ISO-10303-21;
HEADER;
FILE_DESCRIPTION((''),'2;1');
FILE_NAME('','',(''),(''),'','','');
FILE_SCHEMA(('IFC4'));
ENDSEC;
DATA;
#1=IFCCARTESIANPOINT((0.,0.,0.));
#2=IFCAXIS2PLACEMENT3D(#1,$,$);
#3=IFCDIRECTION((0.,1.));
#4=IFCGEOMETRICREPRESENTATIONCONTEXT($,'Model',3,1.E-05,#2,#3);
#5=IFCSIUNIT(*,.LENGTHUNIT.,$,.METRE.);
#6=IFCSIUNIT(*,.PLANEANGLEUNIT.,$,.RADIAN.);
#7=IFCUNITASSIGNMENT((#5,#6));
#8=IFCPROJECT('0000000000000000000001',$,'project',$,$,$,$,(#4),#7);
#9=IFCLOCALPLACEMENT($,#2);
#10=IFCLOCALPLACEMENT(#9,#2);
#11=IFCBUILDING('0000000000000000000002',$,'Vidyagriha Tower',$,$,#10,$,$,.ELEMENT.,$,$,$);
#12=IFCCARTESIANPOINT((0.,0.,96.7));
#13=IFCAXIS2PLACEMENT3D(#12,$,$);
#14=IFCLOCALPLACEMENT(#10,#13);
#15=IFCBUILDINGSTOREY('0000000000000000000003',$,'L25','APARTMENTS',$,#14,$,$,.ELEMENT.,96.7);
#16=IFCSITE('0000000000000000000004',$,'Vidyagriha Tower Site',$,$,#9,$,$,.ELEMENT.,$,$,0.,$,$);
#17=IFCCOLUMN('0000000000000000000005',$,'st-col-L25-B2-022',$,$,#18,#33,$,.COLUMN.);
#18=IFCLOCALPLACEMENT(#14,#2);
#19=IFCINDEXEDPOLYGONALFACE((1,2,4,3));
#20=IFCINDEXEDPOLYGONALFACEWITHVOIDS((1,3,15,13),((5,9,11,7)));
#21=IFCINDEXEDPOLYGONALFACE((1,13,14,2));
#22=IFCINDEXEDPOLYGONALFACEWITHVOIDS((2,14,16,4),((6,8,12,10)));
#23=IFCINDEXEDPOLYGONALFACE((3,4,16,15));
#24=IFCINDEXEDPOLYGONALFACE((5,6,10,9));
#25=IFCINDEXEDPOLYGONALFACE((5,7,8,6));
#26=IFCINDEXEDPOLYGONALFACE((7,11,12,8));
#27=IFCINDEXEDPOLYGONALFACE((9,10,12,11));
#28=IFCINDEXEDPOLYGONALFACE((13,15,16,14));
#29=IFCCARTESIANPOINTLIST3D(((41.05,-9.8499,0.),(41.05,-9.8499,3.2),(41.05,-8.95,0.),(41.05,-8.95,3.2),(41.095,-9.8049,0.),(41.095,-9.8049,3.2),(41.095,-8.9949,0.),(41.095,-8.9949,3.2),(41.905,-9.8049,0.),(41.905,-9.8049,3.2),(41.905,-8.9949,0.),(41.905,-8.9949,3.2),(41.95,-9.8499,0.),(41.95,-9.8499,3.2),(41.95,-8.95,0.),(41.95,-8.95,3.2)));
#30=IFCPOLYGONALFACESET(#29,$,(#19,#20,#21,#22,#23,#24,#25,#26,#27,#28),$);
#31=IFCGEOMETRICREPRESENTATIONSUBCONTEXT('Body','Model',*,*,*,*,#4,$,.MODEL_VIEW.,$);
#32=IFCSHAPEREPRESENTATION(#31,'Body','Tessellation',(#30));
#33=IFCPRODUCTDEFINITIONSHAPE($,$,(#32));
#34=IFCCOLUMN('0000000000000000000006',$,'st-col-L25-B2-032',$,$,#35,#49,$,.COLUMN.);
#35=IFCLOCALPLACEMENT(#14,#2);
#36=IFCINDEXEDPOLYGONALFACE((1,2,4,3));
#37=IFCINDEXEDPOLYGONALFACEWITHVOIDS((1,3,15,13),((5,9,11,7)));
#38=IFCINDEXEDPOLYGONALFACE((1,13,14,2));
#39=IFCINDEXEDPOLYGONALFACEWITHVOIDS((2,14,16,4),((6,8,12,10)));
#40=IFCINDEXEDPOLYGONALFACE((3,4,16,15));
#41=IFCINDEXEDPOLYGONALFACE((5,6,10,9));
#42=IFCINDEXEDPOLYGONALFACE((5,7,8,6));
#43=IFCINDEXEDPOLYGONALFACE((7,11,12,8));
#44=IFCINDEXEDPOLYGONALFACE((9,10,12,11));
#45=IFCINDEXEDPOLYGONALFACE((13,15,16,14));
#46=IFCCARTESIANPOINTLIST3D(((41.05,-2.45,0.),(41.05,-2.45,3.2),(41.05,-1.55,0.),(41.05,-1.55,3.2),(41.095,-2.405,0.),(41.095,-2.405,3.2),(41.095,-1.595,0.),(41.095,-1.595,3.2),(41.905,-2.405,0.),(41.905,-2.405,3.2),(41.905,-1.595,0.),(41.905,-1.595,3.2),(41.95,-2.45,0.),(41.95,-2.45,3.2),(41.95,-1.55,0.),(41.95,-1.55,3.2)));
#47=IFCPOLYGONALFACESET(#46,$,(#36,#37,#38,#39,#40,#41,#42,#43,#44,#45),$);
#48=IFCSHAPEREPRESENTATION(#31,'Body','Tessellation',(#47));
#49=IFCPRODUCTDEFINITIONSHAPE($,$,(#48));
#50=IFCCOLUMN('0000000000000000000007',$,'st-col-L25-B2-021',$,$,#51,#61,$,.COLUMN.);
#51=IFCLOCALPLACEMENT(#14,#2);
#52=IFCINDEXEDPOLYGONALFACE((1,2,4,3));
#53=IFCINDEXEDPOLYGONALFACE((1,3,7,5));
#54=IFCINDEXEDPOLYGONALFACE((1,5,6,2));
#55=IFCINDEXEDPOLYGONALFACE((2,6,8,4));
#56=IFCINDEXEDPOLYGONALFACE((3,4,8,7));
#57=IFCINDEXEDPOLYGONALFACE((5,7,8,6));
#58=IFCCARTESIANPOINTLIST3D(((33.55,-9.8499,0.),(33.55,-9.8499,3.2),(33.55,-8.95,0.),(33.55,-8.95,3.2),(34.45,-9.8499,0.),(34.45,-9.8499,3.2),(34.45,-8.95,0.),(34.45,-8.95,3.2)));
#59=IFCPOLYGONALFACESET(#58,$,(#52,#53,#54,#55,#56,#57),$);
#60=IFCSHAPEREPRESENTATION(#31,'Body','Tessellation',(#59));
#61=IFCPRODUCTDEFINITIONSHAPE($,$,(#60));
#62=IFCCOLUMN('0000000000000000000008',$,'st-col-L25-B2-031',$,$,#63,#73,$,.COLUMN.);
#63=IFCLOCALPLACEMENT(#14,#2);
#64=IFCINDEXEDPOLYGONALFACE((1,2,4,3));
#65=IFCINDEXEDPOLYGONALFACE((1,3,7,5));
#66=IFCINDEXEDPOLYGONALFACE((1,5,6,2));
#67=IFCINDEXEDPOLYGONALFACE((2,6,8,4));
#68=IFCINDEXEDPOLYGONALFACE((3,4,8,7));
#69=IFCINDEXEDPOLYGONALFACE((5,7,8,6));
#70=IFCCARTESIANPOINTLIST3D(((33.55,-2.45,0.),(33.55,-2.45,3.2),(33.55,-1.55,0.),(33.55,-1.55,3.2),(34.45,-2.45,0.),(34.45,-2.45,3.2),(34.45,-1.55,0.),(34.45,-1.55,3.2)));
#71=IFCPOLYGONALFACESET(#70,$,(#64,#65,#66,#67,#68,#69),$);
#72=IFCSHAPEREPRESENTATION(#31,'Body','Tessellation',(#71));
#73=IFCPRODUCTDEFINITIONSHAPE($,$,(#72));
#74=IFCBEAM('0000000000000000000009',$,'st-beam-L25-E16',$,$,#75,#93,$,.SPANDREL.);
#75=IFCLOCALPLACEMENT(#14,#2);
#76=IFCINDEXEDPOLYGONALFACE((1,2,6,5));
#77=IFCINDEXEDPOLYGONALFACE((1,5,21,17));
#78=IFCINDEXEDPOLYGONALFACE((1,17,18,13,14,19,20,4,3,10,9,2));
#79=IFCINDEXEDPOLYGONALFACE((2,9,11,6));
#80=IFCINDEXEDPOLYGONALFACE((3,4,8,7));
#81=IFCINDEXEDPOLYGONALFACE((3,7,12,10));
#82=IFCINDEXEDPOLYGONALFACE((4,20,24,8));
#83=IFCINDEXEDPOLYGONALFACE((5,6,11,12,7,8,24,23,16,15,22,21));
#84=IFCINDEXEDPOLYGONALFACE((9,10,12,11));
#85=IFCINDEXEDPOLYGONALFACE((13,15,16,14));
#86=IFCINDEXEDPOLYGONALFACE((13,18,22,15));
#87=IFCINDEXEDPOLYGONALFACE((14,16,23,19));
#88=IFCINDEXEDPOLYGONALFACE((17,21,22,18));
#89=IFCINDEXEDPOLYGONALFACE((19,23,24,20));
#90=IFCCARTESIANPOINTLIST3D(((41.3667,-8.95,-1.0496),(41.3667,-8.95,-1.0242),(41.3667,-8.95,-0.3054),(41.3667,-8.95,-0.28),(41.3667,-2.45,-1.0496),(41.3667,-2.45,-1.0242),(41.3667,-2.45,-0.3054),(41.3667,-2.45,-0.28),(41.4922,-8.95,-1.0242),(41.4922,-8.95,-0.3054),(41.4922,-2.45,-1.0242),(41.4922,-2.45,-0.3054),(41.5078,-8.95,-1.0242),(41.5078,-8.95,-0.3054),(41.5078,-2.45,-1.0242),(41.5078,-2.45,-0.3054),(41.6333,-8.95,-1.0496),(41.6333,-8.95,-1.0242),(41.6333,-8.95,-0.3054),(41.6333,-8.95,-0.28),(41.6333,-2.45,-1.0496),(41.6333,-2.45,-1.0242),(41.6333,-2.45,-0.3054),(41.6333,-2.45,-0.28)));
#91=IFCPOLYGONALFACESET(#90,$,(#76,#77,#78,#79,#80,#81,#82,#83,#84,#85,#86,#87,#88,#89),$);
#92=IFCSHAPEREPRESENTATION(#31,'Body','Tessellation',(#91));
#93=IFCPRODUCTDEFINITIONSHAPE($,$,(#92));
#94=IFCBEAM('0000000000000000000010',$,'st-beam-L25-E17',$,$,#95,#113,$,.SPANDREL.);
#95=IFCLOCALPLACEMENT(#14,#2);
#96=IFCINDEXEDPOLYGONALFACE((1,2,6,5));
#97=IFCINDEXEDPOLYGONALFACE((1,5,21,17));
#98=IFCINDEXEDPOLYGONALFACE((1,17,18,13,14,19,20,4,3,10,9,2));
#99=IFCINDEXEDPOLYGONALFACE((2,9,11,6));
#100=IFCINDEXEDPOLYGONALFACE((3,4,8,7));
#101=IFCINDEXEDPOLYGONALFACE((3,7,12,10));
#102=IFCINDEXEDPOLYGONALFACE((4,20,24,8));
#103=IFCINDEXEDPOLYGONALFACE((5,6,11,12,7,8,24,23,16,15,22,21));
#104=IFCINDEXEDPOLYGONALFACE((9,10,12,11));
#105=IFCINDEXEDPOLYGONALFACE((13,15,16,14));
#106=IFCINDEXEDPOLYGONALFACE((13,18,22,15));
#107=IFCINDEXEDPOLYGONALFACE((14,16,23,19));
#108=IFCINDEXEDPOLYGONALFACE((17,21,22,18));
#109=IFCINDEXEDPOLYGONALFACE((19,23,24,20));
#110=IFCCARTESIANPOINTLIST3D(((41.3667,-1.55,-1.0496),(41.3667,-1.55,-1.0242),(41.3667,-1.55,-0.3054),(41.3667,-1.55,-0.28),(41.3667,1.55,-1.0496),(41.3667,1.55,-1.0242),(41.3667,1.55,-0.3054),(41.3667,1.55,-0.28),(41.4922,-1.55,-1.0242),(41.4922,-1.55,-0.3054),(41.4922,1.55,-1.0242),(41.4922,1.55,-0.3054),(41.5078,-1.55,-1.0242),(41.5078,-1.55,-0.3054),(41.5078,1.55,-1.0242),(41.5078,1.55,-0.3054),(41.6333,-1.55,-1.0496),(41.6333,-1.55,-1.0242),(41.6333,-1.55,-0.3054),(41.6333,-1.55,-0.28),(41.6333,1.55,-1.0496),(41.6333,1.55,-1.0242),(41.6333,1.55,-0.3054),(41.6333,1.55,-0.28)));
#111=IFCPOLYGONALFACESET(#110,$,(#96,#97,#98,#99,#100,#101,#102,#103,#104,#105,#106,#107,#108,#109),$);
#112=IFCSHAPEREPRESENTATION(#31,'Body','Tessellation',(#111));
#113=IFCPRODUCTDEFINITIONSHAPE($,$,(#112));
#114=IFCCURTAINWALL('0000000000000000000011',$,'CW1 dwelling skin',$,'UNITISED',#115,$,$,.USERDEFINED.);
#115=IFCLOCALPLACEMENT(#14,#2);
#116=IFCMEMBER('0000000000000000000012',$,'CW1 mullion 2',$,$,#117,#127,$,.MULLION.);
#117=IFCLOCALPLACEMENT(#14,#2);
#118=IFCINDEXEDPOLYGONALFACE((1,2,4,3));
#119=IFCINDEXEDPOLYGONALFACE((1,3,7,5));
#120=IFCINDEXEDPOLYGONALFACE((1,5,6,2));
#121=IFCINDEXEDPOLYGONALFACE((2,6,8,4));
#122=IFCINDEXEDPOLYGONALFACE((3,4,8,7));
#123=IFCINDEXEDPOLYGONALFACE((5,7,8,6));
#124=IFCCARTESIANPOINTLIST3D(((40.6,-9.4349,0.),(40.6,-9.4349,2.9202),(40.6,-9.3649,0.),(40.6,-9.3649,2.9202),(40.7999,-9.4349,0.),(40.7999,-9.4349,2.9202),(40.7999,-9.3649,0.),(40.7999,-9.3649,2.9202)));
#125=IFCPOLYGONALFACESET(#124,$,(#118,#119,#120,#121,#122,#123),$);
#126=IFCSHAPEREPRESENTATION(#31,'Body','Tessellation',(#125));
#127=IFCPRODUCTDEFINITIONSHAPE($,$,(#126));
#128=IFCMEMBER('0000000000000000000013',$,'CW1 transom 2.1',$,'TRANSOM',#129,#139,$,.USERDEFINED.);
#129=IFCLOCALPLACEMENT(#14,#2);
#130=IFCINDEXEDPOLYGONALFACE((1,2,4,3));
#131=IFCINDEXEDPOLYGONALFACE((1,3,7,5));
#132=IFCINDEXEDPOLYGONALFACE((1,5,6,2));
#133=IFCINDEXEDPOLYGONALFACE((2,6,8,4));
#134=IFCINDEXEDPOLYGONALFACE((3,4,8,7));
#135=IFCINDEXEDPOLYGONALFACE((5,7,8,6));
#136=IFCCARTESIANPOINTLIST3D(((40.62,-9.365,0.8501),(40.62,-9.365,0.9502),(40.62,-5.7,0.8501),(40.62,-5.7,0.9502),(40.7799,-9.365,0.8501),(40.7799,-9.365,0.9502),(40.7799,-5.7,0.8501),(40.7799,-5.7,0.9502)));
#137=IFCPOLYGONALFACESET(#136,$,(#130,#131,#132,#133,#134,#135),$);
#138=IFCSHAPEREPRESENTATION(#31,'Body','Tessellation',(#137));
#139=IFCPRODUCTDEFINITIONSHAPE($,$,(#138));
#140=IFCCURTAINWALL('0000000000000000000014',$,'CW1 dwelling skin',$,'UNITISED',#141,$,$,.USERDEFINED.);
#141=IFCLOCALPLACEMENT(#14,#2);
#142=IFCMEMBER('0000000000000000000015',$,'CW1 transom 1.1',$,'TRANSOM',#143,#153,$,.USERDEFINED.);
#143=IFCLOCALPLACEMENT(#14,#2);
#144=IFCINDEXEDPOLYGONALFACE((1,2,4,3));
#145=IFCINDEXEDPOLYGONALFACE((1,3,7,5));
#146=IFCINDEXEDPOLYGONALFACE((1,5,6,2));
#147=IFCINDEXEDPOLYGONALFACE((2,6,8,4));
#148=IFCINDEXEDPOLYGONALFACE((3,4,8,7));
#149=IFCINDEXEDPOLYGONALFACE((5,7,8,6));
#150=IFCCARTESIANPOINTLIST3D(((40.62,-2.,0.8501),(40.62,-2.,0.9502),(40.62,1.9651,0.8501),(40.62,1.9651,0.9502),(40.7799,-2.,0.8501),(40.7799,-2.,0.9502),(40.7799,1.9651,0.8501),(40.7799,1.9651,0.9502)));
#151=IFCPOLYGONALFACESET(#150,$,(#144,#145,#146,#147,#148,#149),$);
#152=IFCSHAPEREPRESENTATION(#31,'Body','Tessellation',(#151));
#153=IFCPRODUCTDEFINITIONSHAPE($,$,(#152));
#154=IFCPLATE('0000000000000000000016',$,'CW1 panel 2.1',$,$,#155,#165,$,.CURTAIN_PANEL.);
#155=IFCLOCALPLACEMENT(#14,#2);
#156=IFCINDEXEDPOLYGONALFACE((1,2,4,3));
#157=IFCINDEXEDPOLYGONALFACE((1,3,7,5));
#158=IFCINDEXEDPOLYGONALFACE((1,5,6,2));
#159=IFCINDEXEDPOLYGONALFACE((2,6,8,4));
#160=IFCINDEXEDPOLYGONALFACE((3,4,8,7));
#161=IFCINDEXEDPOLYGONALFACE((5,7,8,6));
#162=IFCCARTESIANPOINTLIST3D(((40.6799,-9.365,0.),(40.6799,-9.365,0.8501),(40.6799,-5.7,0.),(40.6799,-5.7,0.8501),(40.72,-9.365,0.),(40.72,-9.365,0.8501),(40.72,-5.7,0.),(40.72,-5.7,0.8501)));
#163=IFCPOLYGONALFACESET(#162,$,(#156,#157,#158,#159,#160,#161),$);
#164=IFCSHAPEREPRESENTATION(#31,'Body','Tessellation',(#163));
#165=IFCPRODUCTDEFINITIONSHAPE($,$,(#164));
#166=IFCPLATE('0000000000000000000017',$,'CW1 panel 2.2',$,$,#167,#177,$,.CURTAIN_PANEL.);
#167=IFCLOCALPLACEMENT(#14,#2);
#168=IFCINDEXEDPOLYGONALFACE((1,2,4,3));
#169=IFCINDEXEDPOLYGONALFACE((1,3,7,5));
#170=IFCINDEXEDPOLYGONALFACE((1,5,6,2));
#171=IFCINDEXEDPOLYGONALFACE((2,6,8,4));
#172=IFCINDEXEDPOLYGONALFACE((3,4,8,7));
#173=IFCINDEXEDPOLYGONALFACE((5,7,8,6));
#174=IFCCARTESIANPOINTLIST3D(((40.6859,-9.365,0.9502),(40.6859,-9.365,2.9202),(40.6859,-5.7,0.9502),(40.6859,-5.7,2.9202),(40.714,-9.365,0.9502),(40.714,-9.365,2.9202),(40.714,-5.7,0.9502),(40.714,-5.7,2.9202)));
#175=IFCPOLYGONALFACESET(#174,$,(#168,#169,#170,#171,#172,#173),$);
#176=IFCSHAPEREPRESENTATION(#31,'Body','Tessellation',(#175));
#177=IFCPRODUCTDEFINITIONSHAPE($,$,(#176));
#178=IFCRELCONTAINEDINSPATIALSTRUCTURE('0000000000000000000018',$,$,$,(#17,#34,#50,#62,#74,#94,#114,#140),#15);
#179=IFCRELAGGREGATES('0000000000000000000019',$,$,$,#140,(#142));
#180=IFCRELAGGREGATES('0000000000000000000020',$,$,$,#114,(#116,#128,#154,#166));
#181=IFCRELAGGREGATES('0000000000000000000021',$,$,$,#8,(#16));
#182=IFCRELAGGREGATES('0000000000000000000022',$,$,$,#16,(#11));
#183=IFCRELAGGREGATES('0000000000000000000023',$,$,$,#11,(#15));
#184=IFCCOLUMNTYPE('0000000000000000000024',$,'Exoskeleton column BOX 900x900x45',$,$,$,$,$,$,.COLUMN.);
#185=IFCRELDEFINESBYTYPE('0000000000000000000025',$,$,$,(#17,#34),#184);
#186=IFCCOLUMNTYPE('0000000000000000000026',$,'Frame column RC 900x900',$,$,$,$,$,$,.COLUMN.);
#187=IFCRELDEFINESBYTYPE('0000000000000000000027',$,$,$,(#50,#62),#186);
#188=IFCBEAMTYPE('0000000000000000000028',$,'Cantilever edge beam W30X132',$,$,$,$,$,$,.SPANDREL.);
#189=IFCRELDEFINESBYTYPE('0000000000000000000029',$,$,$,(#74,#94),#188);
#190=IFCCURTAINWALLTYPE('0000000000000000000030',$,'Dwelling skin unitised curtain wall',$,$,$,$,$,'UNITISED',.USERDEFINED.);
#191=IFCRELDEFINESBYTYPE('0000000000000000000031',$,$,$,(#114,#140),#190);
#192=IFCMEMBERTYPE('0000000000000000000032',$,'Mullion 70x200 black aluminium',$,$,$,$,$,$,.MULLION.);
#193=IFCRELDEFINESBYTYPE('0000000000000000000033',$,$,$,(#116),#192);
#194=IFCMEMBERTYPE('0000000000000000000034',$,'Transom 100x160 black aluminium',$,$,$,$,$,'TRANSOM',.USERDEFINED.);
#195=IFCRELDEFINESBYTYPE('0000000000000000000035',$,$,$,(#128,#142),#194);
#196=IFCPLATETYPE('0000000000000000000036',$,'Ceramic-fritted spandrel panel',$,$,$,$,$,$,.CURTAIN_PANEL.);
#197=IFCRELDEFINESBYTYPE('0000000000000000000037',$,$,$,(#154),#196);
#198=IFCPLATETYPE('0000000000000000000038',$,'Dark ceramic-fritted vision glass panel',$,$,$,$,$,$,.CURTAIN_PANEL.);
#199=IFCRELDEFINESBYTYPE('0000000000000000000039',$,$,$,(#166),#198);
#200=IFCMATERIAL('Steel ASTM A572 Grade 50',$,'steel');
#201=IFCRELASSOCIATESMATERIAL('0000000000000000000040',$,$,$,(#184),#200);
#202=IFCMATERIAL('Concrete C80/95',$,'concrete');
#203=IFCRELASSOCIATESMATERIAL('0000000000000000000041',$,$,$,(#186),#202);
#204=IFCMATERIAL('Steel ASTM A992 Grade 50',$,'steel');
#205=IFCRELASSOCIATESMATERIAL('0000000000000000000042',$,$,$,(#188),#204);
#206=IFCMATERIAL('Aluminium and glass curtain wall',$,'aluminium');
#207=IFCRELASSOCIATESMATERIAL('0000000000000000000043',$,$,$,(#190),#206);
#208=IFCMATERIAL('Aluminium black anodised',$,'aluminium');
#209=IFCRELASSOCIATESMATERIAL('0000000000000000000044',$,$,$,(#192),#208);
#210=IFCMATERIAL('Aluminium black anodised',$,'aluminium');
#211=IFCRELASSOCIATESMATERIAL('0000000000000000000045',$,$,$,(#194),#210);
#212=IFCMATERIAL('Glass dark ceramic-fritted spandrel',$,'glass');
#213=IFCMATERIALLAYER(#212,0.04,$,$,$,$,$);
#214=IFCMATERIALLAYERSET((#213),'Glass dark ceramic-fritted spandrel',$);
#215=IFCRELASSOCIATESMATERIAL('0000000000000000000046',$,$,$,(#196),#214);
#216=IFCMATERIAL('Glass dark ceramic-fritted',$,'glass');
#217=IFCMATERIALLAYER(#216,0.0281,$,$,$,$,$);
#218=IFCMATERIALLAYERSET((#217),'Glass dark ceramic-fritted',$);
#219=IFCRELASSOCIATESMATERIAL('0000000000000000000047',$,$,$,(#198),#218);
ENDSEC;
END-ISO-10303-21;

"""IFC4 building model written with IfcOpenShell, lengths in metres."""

from ifc_helpers import new_model, si_unit, direction, frame, origin, origin_2d, place, context, subcontext, project, spatial, rectangle, hollow_rectangle, i_section, extrude, material, layer, layer_set, material_profile, profile_set, type_object, element, aggregate, save


model = new_model("IFC4")

# Units and contexts
model_context = context("Model", 3, precision=1e-05, world=origin(), true_north=direction((0.0, 1.0)))
body_context = subcontext(model_context, "Body", "Model", "MODEL_VIEW")
ifc_project = project(units=[si_unit("LENGTHUNIT", "METRE"), si_unit("PLANEANGLEUNIT", "RADIAN")], contexts=[model_context])

# Site, building, storey
site_placement = place(None, origin())
site = spatial("IfcSite", under=ifc_project, at=site_placement, Name="Vidyagriha Tower Site", CompositionType="ELEMENT", RefElevation=0.0)
building_placement = place(site_placement, origin())
building = spatial("IfcBuilding", under=site, at=building_placement, Name="Vidyagriha Tower", CompositionType="ELEMENT")
storey_placement = place(building_placement, frame((0.0, 0.0, 96.7)))
storey = spatial("IfcBuildingStorey", under=building, at=storey_placement, Name="L25", Description="APARTMENTS", CompositionType="ELEMENT", Elevation=96.7)

# Columns
ifc_material_1 = material(Name="Steel ASTM A572 Grade 50", Category="steel")
ifc_material_profile_1 = material_profile(ifc_material_1, hollow_rectangle(XDim=0.8999, YDim=0.8999, WallThickness=0.0449, at=origin_2d()), Name="BOX 900x900x45")
ifc_profile_set_1 = profile_set([ifc_material_profile_1], Name="Steel ASTM A572 Grade 50")
column_type_1 = type_object("IfcColumnType", Name="Exoskeleton column BOX 900x900x45", PredefinedType="COLUMN", material=ifc_profile_set_1)
for number, where, name in (
    (1, (41.5, -9.3999, 0.0), "st-col-L25-B2-022"),
    (2, (41.5, -2.0, 0.0), "st-col-L25-B2-032"),
):
    element("IfcColumn", number, at=place(storey_placement, frame(where)), inside=storey, type_object=column_type_1, Name=name, PredefinedType="COLUMN", context=body_context, shape_type="SweptSolid", body=[
        extrude(hollow_rectangle(XDim=0.8999, YDim=0.8999, WallThickness=0.0449, at=origin_2d()), origin(), (0.0, 0.0, 1.0), 3.2),
    ])
ifc_material_2 = material(Name="Concrete C80/95", Category="concrete")
ifc_material_profile_2 = material_profile(ifc_material_2, rectangle(XDim=0.8999, YDim=0.8999, at=origin_2d()), Name="RC 900x900")
ifc_profile_set_2 = profile_set([ifc_material_profile_2], Name="Concrete C80/95")
column_type_2 = type_object("IfcColumnType", Name="Frame column RC 900x900", PredefinedType="COLUMN", material=ifc_profile_set_2)
for number, where, name in (
    (3, (34.0, -9.3999, 0.0), "st-col-L25-B2-021"),
    (4, (34.0, -2.0, 0.0), "st-col-L25-B2-031"),
):
    element("IfcColumn", number, at=place(storey_placement, frame(where)), inside=storey, type_object=column_type_2, Name=name, PredefinedType="COLUMN", context=body_context, shape_type="SweptSolid", body=[
        extrude(rectangle(XDim=0.8999, YDim=0.8999, at=origin_2d()), origin(), (0.0, 0.0, 1.0), 3.2),
    ])

# Beams
ifc_material_3 = material(Name="Steel ASTM A992 Grade 50", Category="steel")
ifc_material_profile_3 = material_profile(ifc_material_3, i_section(OverallWidth=0.2666, OverallDepth=0.7695, WebThickness=0.0156, FlangeThickness=0.0254, at=origin_2d()), Name="W30X132")
ifc_profile_set_3 = profile_set([ifc_material_profile_3], Name="Steel ASTM A992 Grade 50")
beam_type = type_object("IfcBeamType", Name="Cantilever edge beam W30X132", PredefinedType="SPANDREL", material=ifc_profile_set_3)
beam_1_placement = place(storey_placement, frame((41.5, -8.95, -0.6648), z_axis=(0.0, 1.0, 0.0), x_axis=(-1.0, 0.0, 0.0)))
element("IfcBeam", 5, at=beam_1_placement, inside=storey, type_object=beam_type, Name="st-beam-L25-E16", PredefinedType="SPANDREL", context=body_context, shape_type="SweptSolid", body=[
    extrude(i_section(OverallWidth=0.2666, OverallDepth=0.7695, WebThickness=0.0156, FlangeThickness=0.0254, at=origin_2d()), origin(), (0.0, 0.0, 1.0), 6.5),
])
beam_2_placement = place(storey_placement, frame((41.5, -1.55, -0.6648), z_axis=(0.0, 1.0, 0.0), x_axis=(-1.0, 0.0, 0.0)))
element("IfcBeam", 6, at=beam_2_placement, inside=storey, type_object=beam_type, Name="st-beam-L25-E17", PredefinedType="SPANDREL", context=body_context, shape_type="SweptSolid", body=[
    extrude(i_section(OverallWidth=0.2666, OverallDepth=0.7695, WebThickness=0.0156, FlangeThickness=0.0254, at=origin_2d()), origin(), (0.0, 0.0, 1.0), 3.1001),
])

# Curtain wall, members
ifc_material_4 = material(Name="Aluminium and glass curtain wall", Category="aluminium")
curtain_wall_type = type_object("IfcCurtainWallType", Name="Dwelling skin unitised curtain wall", ElementType="UNITISED", PredefinedType="USERDEFINED", material=ifc_material_4)
curtain_wall_1_placement = place(storey_placement, origin())
curtain_wall_1 = element("IfcCurtainWall", 7, at=curtain_wall_1_placement, inside=storey, type_object=curtain_wall_type, Name="CW1 dwelling skin", ObjectType="UNITISED", PredefinedType="USERDEFINED")
ifc_material_5 = material(Name="Aluminium black anodised", Category="aluminium")
ifc_material_profile_4 = material_profile(ifc_material_5, rectangle(XDim=0.2, YDim=0.0701, at=origin_2d()), Name="Mullion 70x200 black aluminium")
ifc_profile_set_4 = profile_set([ifc_material_profile_4], Name="Aluminium black anodised")
member_type_1 = type_object("IfcMemberType", Name="Mullion 70x200 black aluminium", PredefinedType="MULLION", material=ifc_profile_set_4)
member_1_placement = place(storey_placement, frame((40.7, -9.3999, 0.0), z_axis=(0.0, 0.0, 1.0), x_axis=(-1.0, 0.0, 0.0)))
member_1 = element("IfcMember", 8, at=member_1_placement, type_object=member_type_1, Name="CW1 mullion 2", PredefinedType="MULLION", context=body_context, shape_type="SweptSolid", body=[
    extrude(rectangle(XDim=0.2, YDim=0.0701, at=origin_2d()), origin(), (0.0, 0.0, 1.0), 2.9202),
])
ifc_material_6 = material(Name="Aluminium black anodised", Category="aluminium")
ifc_material_profile_5 = material_profile(ifc_material_6, rectangle(XDim=0.1599, YDim=0.1001, at=origin_2d()), Name="Transom 100x160 black aluminium")
ifc_profile_set_5 = profile_set([ifc_material_profile_5], Name="Aluminium black anodised")
member_type_2 = type_object("IfcMemberType", Name="Transom 100x160 black aluminium", ElementType="TRANSOM", PredefinedType="USERDEFINED", material=ifc_profile_set_5)
member_2_placement = place(storey_placement, frame((40.7, -9.365, 0.9001), z_axis=(0.0, 1.0, 0.0), x_axis=(-1.0, 0.0, 0.0)))
member_2 = element("IfcMember", 9, at=member_2_placement, type_object=member_type_2, Name="CW1 transom 2.1", ObjectType="TRANSOM", PredefinedType="USERDEFINED", context=body_context, shape_type="SweptSolid", body=[
    extrude(rectangle(XDim=0.1599, YDim=0.1001, at=origin_2d()), origin(), (0.0, 0.0, 1.0), 3.665),
])

# Curtain wall, member
curtain_wall_2_placement = place(storey_placement, origin())
curtain_wall_2 = element("IfcCurtainWall", 10, at=curtain_wall_2_placement, inside=storey, type_object=curtain_wall_type, Name="CW1 dwelling skin", ObjectType="UNITISED", PredefinedType="USERDEFINED")
member_3_placement = place(storey_placement, frame((40.7, -2.0, 0.9001), z_axis=(0.0, 1.0, 0.0), x_axis=(-1.0, 0.0, 0.0)))
member_3 = element("IfcMember", 11, at=member_3_placement, type_object=member_type_2, Name="CW1 transom 1.1", ObjectType="TRANSOM", PredefinedType="USERDEFINED", context=body_context, shape_type="SweptSolid", body=[
    extrude(rectangle(XDim=0.1599, YDim=0.1001, at=origin_2d()), origin(), (0.0, 0.0, 1.0), 3.9651),
])
aggregate(curtain_wall_2, [member_3])

# Plates
ifc_material_7 = material(Name="Glass dark ceramic-fritted spandrel", Category="glass")
ifc_layer_1 = layer(ifc_material_7, 0.04)
ifc_layer_set_1 = layer_set([ifc_layer_1], Name="Glass dark ceramic-fritted spandrel")
plate_type_1 = type_object("IfcPlateType", Name="Ceramic-fritted spandrel panel", PredefinedType="CURTAIN_PANEL", material=ifc_layer_set_1)
plate_1_placement = place(storey_placement, frame((40.7, -7.5325, 0.0), z_axis=(0.0, 0.0, 1.0), x_axis=(0.0, 1.0, 0.0)))
plate_1 = element("IfcPlate", 12, at=plate_1_placement, type_object=plate_type_1, Name="CW1 panel 2.1", PredefinedType="CURTAIN_PANEL", context=body_context, shape_type="SweptSolid", body=[
    extrude(rectangle(XDim=3.665, YDim=0.04, at=origin_2d()), origin(), (0.0, 0.0, 1.0), 0.8501),
])
ifc_material_8 = material(Name="Glass dark ceramic-fritted", Category="glass")
ifc_layer_2 = layer(ifc_material_8, 0.0281)
ifc_layer_set_2 = layer_set([ifc_layer_2], Name="Glass dark ceramic-fritted")
plate_type_2 = type_object("IfcPlateType", Name="Dark ceramic-fritted vision glass panel", PredefinedType="CURTAIN_PANEL", material=ifc_layer_set_2)
plate_2_placement = place(storey_placement, frame((40.7, -7.5325, 0.9502), z_axis=(0.0, 0.0, 1.0), x_axis=(0.0, 1.0, 0.0)))
plate_2 = element("IfcPlate", 13, at=plate_2_placement, type_object=plate_type_2, Name="CW1 panel 2.2", PredefinedType="CURTAIN_PANEL", context=body_context, shape_type="SweptSolid", body=[
    extrude(rectangle(XDim=3.665, YDim=0.0281, at=origin_2d()), origin(), (0.0, 0.0, 1.0), 1.97),
])
aggregate(curtain_wall_1, [member_1, member_2, plate_1, plate_2])

save(model, "model.ifc")
